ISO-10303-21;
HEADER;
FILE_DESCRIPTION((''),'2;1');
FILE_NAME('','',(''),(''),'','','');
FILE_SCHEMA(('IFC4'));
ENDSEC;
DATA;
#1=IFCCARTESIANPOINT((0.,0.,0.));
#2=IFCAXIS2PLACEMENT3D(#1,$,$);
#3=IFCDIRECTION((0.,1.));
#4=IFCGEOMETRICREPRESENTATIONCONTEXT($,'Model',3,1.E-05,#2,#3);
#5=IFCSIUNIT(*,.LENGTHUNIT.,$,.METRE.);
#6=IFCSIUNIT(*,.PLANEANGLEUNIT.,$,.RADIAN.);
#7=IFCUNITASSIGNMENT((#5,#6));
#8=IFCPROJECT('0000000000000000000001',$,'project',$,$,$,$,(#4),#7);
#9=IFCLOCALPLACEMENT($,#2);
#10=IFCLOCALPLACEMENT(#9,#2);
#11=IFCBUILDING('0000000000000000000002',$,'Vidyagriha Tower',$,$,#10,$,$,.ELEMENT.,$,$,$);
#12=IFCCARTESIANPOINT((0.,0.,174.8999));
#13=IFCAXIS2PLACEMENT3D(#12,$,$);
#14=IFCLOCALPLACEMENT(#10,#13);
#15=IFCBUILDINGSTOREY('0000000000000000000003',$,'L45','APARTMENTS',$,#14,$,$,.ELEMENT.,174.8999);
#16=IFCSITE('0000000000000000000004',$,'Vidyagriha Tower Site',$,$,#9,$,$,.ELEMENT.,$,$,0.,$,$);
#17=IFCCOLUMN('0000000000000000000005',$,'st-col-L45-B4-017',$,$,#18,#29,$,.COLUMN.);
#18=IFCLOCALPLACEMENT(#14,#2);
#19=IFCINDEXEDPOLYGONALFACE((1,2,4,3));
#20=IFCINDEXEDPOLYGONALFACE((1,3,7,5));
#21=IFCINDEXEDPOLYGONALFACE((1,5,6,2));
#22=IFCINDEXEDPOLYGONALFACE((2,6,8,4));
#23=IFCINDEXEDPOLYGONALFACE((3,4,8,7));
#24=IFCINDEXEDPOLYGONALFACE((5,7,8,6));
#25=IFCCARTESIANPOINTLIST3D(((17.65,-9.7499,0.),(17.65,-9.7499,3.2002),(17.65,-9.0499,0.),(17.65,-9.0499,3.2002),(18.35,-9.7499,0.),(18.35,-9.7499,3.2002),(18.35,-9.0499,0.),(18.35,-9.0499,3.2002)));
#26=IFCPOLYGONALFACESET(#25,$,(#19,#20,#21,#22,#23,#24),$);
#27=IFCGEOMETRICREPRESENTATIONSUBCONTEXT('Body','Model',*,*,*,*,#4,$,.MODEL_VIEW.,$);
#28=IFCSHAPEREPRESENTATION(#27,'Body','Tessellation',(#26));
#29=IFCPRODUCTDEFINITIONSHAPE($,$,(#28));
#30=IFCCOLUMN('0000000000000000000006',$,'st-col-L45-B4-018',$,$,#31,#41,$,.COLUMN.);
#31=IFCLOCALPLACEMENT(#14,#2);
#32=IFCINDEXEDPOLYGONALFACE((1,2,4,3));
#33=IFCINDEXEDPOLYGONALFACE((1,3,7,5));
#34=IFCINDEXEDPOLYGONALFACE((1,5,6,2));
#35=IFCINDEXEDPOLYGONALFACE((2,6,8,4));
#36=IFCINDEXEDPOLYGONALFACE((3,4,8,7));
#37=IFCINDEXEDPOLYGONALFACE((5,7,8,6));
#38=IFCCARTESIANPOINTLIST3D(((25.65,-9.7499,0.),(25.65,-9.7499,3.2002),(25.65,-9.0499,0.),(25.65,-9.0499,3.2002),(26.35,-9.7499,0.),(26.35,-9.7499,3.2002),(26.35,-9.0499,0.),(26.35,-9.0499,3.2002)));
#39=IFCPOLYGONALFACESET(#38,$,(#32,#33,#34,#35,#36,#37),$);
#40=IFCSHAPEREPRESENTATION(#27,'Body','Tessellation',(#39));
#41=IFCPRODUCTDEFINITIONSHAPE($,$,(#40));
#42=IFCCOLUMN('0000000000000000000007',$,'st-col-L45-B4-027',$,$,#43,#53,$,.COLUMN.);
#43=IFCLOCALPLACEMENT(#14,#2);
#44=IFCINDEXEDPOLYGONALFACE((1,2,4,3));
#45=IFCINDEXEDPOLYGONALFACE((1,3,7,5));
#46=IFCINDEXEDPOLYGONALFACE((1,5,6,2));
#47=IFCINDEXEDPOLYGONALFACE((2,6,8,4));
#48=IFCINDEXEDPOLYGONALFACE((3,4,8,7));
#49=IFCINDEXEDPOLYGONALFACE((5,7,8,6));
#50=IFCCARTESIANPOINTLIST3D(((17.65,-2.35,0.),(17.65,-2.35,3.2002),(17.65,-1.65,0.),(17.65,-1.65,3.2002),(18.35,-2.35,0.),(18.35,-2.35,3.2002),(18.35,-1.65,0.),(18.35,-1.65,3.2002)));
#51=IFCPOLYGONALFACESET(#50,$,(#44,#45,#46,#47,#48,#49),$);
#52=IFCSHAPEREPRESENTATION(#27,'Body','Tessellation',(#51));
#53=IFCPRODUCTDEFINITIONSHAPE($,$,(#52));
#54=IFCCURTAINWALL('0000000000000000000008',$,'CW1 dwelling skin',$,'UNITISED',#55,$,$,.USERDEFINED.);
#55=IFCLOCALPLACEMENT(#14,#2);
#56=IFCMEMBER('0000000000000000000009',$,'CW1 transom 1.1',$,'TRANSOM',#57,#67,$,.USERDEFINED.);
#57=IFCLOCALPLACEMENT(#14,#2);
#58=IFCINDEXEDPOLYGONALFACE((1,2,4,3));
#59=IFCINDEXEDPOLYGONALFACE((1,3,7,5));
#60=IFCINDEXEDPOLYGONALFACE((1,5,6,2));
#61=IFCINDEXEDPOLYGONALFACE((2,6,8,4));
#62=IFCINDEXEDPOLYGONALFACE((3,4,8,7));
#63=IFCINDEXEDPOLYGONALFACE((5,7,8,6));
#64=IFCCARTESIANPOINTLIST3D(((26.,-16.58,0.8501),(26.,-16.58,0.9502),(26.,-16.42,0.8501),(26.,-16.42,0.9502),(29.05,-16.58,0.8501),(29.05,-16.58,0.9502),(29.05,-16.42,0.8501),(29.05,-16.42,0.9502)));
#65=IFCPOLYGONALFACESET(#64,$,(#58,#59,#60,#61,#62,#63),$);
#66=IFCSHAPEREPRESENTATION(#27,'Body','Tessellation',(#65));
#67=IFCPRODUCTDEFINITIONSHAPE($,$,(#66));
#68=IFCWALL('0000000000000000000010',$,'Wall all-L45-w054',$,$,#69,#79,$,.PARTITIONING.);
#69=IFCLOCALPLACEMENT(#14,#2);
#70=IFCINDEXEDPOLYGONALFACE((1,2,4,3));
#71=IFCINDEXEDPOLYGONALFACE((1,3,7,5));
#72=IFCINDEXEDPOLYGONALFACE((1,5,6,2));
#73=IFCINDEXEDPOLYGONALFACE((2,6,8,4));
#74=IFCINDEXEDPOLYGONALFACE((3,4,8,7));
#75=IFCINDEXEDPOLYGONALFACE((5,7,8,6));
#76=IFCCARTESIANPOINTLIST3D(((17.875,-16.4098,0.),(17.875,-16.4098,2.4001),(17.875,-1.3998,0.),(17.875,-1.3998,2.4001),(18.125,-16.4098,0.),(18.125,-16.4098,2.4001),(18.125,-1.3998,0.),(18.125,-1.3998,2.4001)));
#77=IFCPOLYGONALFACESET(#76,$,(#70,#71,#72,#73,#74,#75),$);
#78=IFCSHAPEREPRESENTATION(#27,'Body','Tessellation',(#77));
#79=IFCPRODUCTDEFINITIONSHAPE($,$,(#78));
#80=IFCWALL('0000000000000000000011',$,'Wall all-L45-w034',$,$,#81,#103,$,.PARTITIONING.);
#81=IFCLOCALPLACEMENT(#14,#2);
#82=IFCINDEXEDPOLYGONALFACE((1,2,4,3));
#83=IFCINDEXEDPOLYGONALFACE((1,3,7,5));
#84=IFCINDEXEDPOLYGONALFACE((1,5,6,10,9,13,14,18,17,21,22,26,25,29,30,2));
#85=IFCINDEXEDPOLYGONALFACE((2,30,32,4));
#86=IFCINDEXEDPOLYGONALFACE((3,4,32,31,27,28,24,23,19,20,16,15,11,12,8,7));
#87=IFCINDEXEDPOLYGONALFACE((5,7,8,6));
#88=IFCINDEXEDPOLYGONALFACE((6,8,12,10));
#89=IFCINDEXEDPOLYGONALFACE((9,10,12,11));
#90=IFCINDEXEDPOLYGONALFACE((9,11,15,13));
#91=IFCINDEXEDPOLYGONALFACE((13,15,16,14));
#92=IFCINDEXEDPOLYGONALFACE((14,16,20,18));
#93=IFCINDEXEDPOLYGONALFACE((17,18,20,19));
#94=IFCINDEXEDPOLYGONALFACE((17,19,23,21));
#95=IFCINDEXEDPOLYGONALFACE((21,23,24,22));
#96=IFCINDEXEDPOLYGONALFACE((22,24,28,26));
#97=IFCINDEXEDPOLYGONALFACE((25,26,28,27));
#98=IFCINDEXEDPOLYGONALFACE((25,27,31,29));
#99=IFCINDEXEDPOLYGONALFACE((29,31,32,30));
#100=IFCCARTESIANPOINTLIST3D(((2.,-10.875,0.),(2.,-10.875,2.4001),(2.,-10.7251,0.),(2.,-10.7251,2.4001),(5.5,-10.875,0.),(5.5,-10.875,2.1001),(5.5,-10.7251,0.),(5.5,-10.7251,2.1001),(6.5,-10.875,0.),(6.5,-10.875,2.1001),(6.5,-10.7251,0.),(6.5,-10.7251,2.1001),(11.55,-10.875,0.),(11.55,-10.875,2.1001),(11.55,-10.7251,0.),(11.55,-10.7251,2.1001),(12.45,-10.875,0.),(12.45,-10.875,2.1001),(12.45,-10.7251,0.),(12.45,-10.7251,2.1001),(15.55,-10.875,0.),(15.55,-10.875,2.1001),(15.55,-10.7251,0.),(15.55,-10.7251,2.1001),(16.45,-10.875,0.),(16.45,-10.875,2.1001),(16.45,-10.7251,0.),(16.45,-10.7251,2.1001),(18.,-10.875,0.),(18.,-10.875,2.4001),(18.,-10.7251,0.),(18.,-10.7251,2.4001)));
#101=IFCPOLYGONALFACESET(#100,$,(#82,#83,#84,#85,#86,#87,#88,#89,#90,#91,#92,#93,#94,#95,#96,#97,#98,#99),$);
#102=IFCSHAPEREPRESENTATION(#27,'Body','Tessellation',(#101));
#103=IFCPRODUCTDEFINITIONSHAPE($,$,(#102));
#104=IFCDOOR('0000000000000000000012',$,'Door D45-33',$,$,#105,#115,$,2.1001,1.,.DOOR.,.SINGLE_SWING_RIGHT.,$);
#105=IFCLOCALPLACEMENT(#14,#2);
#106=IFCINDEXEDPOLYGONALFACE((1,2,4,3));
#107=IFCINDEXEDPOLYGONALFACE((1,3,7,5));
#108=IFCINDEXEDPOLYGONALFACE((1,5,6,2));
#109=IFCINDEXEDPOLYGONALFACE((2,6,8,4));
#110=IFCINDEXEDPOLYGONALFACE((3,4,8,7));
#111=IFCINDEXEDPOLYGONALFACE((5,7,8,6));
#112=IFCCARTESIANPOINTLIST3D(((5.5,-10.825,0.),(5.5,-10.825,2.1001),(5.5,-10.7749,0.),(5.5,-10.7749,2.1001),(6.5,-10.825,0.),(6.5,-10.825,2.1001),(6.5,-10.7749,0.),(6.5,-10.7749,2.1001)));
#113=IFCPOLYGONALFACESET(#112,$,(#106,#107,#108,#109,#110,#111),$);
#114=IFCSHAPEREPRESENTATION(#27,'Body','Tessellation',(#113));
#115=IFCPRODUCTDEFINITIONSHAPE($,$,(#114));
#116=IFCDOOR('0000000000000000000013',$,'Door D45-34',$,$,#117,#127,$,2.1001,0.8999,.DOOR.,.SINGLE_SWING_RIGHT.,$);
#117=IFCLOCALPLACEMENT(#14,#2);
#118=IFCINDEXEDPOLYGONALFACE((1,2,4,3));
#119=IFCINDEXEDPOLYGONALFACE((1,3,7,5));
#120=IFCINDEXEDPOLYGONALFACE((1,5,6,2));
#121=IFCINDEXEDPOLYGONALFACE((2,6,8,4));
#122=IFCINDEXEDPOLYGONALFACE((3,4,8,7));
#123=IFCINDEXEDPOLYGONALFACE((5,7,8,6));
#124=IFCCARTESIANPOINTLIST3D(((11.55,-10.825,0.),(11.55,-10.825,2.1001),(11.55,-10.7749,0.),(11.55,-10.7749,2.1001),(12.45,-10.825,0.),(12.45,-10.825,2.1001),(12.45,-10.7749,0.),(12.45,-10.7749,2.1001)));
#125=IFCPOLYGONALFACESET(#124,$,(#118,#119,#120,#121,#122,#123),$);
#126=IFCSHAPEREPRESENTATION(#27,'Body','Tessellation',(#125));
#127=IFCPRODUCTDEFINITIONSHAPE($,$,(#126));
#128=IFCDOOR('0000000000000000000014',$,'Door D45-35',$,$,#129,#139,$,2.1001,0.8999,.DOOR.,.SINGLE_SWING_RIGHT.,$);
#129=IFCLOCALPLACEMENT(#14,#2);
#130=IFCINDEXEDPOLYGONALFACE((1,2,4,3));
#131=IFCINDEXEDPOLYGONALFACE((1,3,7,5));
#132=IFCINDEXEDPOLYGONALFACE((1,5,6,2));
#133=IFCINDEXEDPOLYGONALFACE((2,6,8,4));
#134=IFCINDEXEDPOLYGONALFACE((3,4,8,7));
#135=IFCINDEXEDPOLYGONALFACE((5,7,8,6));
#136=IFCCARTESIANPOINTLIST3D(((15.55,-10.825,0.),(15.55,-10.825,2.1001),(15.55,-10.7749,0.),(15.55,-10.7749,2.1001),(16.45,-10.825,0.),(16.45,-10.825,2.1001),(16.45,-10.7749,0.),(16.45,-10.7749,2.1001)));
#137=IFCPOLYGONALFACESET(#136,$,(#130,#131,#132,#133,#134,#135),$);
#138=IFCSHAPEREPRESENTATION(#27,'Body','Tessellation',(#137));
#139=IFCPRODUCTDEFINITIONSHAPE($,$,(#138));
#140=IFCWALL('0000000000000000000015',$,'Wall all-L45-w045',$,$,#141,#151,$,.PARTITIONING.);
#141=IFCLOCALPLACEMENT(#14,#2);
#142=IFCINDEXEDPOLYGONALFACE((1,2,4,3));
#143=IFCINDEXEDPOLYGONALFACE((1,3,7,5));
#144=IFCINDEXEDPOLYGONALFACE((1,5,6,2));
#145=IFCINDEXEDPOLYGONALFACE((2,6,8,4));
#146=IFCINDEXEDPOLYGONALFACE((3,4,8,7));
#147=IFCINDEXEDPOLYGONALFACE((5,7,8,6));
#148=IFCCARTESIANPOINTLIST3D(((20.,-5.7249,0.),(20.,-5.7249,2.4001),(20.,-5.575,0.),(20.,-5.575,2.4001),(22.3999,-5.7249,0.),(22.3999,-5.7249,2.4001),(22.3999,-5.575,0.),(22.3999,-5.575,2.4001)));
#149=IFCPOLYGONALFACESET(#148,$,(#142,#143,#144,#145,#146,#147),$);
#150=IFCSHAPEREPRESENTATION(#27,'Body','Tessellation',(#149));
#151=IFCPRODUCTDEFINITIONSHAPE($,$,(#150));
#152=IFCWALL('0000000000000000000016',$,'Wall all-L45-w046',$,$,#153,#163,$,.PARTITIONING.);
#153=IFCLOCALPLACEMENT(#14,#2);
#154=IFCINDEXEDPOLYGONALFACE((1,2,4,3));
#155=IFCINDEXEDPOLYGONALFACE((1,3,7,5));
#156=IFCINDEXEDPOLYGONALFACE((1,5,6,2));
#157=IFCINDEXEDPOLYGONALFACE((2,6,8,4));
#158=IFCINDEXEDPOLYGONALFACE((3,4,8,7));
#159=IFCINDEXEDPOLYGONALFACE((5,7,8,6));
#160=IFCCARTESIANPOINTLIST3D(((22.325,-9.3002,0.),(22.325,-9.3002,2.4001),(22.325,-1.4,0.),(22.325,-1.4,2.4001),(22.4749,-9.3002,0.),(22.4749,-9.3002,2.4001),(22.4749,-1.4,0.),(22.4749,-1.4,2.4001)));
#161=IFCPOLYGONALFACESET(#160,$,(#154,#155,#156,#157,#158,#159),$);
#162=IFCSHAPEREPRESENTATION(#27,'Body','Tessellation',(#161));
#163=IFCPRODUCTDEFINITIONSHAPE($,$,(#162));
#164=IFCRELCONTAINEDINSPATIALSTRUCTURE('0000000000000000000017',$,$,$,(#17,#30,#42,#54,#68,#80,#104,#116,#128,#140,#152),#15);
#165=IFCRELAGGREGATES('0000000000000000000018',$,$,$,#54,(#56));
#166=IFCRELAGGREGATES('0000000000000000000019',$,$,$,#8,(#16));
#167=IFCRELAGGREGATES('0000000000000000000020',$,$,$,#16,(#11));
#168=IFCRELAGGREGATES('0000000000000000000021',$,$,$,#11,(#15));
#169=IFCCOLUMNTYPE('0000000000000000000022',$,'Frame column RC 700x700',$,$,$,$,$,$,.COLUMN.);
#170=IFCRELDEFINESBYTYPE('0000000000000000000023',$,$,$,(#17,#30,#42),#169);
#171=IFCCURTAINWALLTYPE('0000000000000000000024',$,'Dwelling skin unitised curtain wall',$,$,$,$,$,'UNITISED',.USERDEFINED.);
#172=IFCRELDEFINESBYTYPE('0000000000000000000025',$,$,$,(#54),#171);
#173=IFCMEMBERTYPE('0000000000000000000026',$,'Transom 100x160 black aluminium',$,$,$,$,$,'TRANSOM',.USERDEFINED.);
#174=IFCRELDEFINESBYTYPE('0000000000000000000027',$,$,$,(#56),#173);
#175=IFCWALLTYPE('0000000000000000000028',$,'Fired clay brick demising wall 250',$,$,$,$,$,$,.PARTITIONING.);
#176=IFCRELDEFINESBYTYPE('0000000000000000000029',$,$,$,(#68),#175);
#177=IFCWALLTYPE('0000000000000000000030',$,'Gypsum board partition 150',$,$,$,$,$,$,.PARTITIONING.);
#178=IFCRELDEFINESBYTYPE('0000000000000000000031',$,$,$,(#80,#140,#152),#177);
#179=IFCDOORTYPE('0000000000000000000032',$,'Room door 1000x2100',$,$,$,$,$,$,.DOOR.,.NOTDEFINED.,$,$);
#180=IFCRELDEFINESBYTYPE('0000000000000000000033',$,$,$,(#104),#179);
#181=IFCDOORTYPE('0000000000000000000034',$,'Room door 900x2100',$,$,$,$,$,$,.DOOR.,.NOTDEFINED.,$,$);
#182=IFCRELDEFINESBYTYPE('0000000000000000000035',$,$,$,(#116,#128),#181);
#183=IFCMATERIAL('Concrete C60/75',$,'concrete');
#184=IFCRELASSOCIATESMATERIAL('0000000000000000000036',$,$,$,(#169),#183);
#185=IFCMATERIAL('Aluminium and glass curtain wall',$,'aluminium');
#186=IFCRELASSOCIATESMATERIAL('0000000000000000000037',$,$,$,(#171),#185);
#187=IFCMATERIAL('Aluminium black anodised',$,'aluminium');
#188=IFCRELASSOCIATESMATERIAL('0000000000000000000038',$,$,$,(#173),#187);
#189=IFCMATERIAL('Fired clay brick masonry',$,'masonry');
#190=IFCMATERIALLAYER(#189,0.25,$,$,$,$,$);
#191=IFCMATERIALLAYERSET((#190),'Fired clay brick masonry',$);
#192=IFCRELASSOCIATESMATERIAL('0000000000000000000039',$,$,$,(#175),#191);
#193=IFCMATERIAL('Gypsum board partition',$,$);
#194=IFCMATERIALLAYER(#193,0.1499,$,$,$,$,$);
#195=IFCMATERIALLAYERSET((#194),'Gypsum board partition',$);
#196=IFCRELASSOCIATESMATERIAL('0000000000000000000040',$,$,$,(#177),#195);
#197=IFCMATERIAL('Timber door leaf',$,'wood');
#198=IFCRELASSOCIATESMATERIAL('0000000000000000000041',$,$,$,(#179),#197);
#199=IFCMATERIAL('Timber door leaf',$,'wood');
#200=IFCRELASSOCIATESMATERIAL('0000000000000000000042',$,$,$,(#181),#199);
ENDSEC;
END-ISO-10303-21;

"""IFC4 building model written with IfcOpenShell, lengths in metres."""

from ifc_helpers import new_model, si_unit, direction, frame, frame_2d, origin, origin_2d, place, context, subcontext, project, spatial, rectangle, extrude, material, layer, layer_set, material_profile, profile_set, type_object, element, fill, aggregate, save


model = new_model("IFC4")

# Units and contexts
model_context = context("Model", 3, precision=1e-05, world=origin(), true_north=direction((0.0, 1.0)))
body_context = subcontext(model_context, "Body", "Model", "MODEL_VIEW")
ifc_project = project(units=[si_unit("LENGTHUNIT", "METRE"), si_unit("PLANEANGLEUNIT", "RADIAN")], contexts=[model_context])

# Site, building, storey
site_placement = place(None, origin())
site = spatial("IfcSite", under=ifc_project, at=site_placement, Name="Vidyagriha Tower Site", CompositionType="ELEMENT", RefElevation=0.0)
building_placement = place(site_placement, origin())
building = spatial("IfcBuilding", under=site, at=building_placement, Name="Vidyagriha Tower", CompositionType="ELEMENT")
storey_placement = place(building_placement, frame((0.0, 0.0, 174.8999)))
storey = spatial("IfcBuildingStorey", under=building, at=storey_placement, Name="L45", Description="APARTMENTS", CompositionType="ELEMENT", Elevation=174.8999)

# Columns
ifc_material_1 = material(Name="Concrete C60/75", Category="concrete")
ifc_material_profile_1 = material_profile(ifc_material_1, rectangle(XDim=0.7, YDim=0.7, at=origin_2d()), Name="RC 700x700")
ifc_profile_set_1 = profile_set([ifc_material_profile_1], Name="Concrete C60/75")
column_type = type_object("IfcColumnType", Name="Frame column RC 700x700", PredefinedType="COLUMN", material=ifc_profile_set_1)
for number, where, name in (
    (1, (18.0, -9.3999, 0.0), "st-col-L45-B4-017"),
    (2, (26.0, -9.3999, 0.0), "st-col-L45-B4-018"),
    (3, (18.0, -2.0, 0.0), "st-col-L45-B4-027"),
):
    element("IfcColumn", number, at=place(storey_placement, frame(where)), inside=storey, type_object=column_type, Name=name, PredefinedType="COLUMN", context=body_context, shape_type="SweptSolid", body=[
        extrude(rectangle(XDim=0.7, YDim=0.7, at=origin_2d()), origin(), (0.0, 0.0, 1.0), 3.2002),
    ])

# Curtain wall, member
ifc_material_2 = material(Name="Aluminium and glass curtain wall", Category="aluminium")
curtain_wall_type = type_object("IfcCurtainWallType", Name="Dwelling skin unitised curtain wall", ElementType="UNITISED", PredefinedType="USERDEFINED", material=ifc_material_2)
curtain_wall_placement = place(storey_placement, origin())
curtain_wall = element("IfcCurtainWall", 4, at=curtain_wall_placement, inside=storey, type_object=curtain_wall_type, Name="CW1 dwelling skin", ObjectType="UNITISED", PredefinedType="USERDEFINED")
ifc_material_3 = material(Name="Aluminium black anodised", Category="aluminium")
ifc_material_profile_2 = material_profile(ifc_material_3, rectangle(XDim=0.1599, YDim=0.1001, at=origin_2d()), Name="Transom 100x160 black aluminium")
ifc_profile_set_2 = profile_set([ifc_material_profile_2], Name="Aluminium black anodised")
member_type = type_object("IfcMemberType", Name="Transom 100x160 black aluminium", ElementType="TRANSOM", PredefinedType="USERDEFINED", material=ifc_profile_set_2)
member_placement = place(storey_placement, frame((26.0, -16.5, 0.9001), z_axis=(1.0, 0.0, 0.0), x_axis=(0.0, 1.0, 0.0)))
member = element("IfcMember", 5, at=member_placement, type_object=member_type, Name="CW1 transom 1.1", ObjectType="TRANSOM", PredefinedType="USERDEFINED", context=body_context, shape_type="SweptSolid", body=[
    extrude(rectangle(XDim=0.1599, YDim=0.1001, at=origin_2d()), origin(), (0.0, 0.0, 1.0), 3.05),
])
aggregate(curtain_wall, [member])

# Wall
ifc_material_4 = material(Name="Fired clay brick masonry", Category="masonry")
ifc_layer_1 = layer(ifc_material_4, 0.25)
ifc_layer_set_1 = layer_set([ifc_layer_1], Name="Fired clay brick masonry")
wall_type_1 = type_object("IfcWallType", Name="Fired clay brick demising wall 250", PredefinedType="PARTITIONING", material=ifc_layer_set_1)
wall_1_placement = place(storey_placement, frame((18.0, -1.3999, 0.0), z_axis=(0.0, 0.0, 1.0), x_axis=(0.0, -1.0, 0.0)))
element("IfcWall", 6, at=wall_1_placement, inside=storey, type_object=wall_type_1, Name="Wall all-L45-w054", PredefinedType="PARTITIONING", context=body_context, shape_type="SweptSolid", body=[
    extrude(rectangle(XDim=15.01, YDim=0.25, at=frame_2d((7.5049, 0.0))), origin(), (0.0, 0.0, 1.0), 2.4001),
])

# Wall, openings, doors
ifc_material_5 = material(Name="Gypsum board partition")
ifc_layer_2 = layer(ifc_material_5, 0.1499)
ifc_layer_set_2 = layer_set([ifc_layer_2], Name="Gypsum board partition")
wall_type_2 = type_object("IfcWallType", Name="Gypsum board partition 150", PredefinedType="PARTITIONING", material=ifc_layer_set_2)
wall_2_placement = place(storey_placement, frame((18.0, -10.8, 0.0), z_axis=(0.0, 0.0, 1.0), x_axis=(-1.0, 0.0, 0.0)))
wall_2 = element("IfcWall", 7, at=wall_2_placement, inside=storey, type_object=wall_type_2, Name="Wall all-L45-w034", PredefinedType="PARTITIONING", context=body_context, shape_type="SweptSolid", body=[
    extrude(rectangle(XDim=16.0, YDim=0.1499, at=frame_2d((8.0, 0.0))), origin(), (0.0, 0.0, 1.0), 2.4001),
])
opening_1_placement = place(wall_2_placement, frame((11.5, 0.0, 0.0)))
opening_1 = element("IfcOpeningElement", 8, at=opening_1_placement, cuts=wall_2, PredefinedType="OPENING", context=body_context, shape_type="SweptSolid", body=[
    extrude(rectangle(XDim=1.0, YDim=2.1001, at=frame_2d((0.5, 1.05))), frame((0.0, 0.085, 0.0), z_axis=(0.0, -1.0, 0.0), x_axis=(1.0, 0.0, 0.0)), (0.0, 0.0, 1.0), 0.1699),
])
opening_2_placement = place(wall_2_placement, frame((5.55, 0.0, 0.0)))
opening_2 = element("IfcOpeningElement", 9, at=opening_2_placement, cuts=wall_2, PredefinedType="OPENING", context=body_context, shape_type="SweptSolid", body=[
    extrude(rectangle(XDim=0.8999, YDim=2.1001, at=frame_2d((0.45, 1.05))), frame((0.0, 0.085, 0.0), z_axis=(0.0, -1.0, 0.0), x_axis=(1.0, 0.0, 0.0)), (0.0, 0.0, 1.0), 0.1699),
])
opening_3_placement = place(wall_2_placement, frame((1.55, 0.0, 0.0)))
opening_3 = element("IfcOpeningElement", 10, at=opening_3_placement, cuts=wall_2, PredefinedType="OPENING", context=body_context, shape_type="SweptSolid", body=[
    extrude(rectangle(XDim=0.8999, YDim=2.1001, at=frame_2d((0.45, 1.05))), frame((0.0, 0.085, 0.0), z_axis=(0.0, -1.0, 0.0), x_axis=(1.0, 0.0, 0.0)), (0.0, 0.0, 1.0), 0.1699),
])
ifc_material_6 = material(Name="Timber door leaf", Category="wood")
door_type_1 = type_object("IfcDoorType", Name="Room door 1000x2100", OperationType="NOTDEFINED", PredefinedType="DOOR", material=ifc_material_6)
door_1_placement = place(opening_1_placement, origin())
door_1 = element("IfcDoor", 11, at=door_1_placement, inside=storey, type_object=door_type_1, Name="Door D45-33", OperationType="SINGLE_SWING_RIGHT", OverallHeight=2.1001, OverallWidth=1.0, PredefinedType="DOOR", context=body_context, shape_type="SweptSolid", body=[
    extrude(rectangle(XDim=1.0, YDim=2.1001, at=frame_2d((0.5, 1.05))), frame((0.0, 0.0249, 0.0), z_axis=(0.0, -1.0, 0.0), x_axis=(1.0, 0.0, 0.0)), (0.0, 0.0, 1.0), 0.05),
])
fill(opening_1, door_1)
ifc_material_7 = material(Name="Timber door leaf", Category="wood")
door_type_2 = type_object("IfcDoorType", Name="Room door 900x2100", OperationType="NOTDEFINED", PredefinedType="DOOR", material=ifc_material_7)
door_2_placement = place(opening_2_placement, origin())
door_2 = element("IfcDoor", 12, at=door_2_placement, inside=storey, type_object=door_type_2, Name="Door D45-34", OperationType="SINGLE_SWING_RIGHT", OverallHeight=2.1001, OverallWidth=0.8999, PredefinedType="DOOR", context=body_context, shape_type="SweptSolid", body=[
    extrude(rectangle(XDim=0.8999, YDim=2.1001, at=frame_2d((0.45, 1.05))), frame((0.0, 0.0249, 0.0), z_axis=(0.0, -1.0, 0.0), x_axis=(1.0, 0.0, 0.0)), (0.0, 0.0, 1.0), 0.05),
])
fill(opening_2, door_2)
door_3_placement = place(opening_3_placement, origin())
door_3 = element("IfcDoor", 13, at=door_3_placement, inside=storey, type_object=door_type_2, Name="Door D45-35", OperationType="SINGLE_SWING_RIGHT", OverallHeight=2.1001, OverallWidth=0.8999, PredefinedType="DOOR", context=body_context, shape_type="SweptSolid", body=[
    extrude(rectangle(XDim=0.8999, YDim=2.1001, at=frame_2d((0.45, 1.05))), frame((0.0, 0.0249, 0.0), z_axis=(0.0, -1.0, 0.0), x_axis=(1.0, 0.0, 0.0)), (0.0, 0.0, 1.0), 0.05),
])
fill(opening_3, door_3)

# Walls
wall_3_placement = place(storey_placement, frame((22.3999, -5.6499, 0.0), z_axis=(0.0, 0.0, 1.0), x_axis=(-1.0, 0.0, 0.0)))
element("IfcWall", 14, at=wall_3_placement, inside=storey, type_object=wall_type_2, Name="Wall all-L45-w045", PredefinedType="PARTITIONING", context=body_context, shape_type="SweptSolid", body=[
    extrude(rectangle(XDim=2.3999, YDim=0.1499, at=frame_2d((1.2, 0.0))), origin(), (0.0, 0.0, 1.0), 2.4001),
])
wall_4_placement = place(storey_placement, frame((22.3999, -1.3999, 0.0), z_axis=(0.0, 0.0, 1.0), x_axis=(0.0, -1.0, 0.0)))
element("IfcWall", 15, at=wall_4_placement, inside=storey, type_object=wall_type_2, Name="Wall all-L45-w046", PredefinedType="PARTITIONING", context=body_context, shape_type="SweptSolid", body=[
    extrude(rectangle(XDim=7.9001, YDim=0.1499, at=frame_2d((3.9502, 0.0))), origin(), (0.0, 0.0, 1.0), 2.4001),
])

save(model, "model.ifc")
